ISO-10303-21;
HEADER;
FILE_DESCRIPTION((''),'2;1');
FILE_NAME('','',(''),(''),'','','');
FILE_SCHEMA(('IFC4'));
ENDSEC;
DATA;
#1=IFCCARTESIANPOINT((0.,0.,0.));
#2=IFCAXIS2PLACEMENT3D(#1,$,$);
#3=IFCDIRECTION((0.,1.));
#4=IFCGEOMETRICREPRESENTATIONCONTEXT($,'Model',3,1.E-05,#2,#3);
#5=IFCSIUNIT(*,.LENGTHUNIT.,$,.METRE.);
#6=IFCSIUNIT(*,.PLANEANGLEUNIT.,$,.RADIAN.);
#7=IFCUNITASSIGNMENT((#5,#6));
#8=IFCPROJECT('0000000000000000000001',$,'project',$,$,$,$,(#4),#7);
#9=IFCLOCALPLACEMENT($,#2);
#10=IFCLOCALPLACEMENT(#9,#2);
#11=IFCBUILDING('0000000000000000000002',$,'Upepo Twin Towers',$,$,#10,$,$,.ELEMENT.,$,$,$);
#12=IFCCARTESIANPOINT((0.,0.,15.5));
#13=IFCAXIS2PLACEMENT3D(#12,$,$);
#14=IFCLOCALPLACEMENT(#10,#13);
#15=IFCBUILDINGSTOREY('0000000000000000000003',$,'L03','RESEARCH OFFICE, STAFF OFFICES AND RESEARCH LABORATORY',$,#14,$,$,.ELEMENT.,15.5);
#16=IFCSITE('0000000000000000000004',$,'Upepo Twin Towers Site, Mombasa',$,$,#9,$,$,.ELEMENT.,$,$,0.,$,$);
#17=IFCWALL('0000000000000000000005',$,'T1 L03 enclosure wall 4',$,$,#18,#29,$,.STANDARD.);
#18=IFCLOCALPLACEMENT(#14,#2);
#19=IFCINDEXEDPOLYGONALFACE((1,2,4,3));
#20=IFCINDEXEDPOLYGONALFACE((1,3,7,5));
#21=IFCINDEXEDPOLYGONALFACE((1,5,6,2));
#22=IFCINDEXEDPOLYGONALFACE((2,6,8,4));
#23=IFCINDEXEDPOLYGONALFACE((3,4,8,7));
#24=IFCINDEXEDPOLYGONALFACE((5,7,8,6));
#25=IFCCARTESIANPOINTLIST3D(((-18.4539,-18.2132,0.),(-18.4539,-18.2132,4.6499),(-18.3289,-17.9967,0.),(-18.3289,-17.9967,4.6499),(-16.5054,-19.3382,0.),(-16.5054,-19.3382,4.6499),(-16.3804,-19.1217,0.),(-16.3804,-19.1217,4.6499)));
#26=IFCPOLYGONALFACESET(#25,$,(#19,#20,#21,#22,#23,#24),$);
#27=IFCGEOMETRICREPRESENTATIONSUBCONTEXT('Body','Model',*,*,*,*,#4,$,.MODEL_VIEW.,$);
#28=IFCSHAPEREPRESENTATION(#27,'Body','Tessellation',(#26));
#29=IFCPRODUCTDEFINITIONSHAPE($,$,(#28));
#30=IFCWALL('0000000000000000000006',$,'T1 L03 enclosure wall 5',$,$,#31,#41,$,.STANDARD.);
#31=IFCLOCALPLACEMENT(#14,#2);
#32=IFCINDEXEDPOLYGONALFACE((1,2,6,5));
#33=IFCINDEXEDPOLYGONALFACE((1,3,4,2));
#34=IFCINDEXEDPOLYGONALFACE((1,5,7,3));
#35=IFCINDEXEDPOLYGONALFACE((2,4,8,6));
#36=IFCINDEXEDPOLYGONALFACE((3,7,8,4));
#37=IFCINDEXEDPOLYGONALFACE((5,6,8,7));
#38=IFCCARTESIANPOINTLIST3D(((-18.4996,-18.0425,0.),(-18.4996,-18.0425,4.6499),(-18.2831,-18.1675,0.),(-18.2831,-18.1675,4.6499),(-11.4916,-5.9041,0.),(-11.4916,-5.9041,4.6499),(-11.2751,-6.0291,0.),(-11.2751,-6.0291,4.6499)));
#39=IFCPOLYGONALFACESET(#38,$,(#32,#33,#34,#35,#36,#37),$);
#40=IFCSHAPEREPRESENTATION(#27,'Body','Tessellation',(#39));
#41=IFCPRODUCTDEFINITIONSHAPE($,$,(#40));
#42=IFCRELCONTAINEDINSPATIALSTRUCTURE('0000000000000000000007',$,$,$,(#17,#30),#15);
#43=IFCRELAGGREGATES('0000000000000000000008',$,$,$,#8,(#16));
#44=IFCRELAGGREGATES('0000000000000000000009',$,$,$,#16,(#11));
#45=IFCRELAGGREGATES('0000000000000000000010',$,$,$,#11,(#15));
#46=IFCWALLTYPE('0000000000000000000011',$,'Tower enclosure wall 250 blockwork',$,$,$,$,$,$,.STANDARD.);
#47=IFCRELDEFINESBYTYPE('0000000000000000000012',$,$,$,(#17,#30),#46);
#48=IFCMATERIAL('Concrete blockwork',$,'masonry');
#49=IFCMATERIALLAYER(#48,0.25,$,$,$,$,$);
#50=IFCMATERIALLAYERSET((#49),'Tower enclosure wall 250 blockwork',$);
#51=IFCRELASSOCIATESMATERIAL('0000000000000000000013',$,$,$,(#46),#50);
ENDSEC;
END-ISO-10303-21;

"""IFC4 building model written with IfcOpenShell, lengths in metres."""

from ifc_helpers import new_model, si_unit, direction, frame, frame_2d, origin, place, context, subcontext, project, spatial, rectangle, extrude, material, layer, layer_set, type_object, element, save


model = new_model("IFC4")

# Units and contexts
model_context = context("Model", 3, precision=1e-05, world=origin(), true_north=direction((0.0, 1.0)))
body_context = subcontext(model_context, "Body", "Model", "MODEL_VIEW")
ifc_project = project(units=[si_unit("LENGTHUNIT", "METRE"), si_unit("PLANEANGLEUNIT", "RADIAN")], contexts=[model_context])

# Site, building, storey
site_placement = place(None, origin())
site = spatial("IfcSite", under=ifc_project, at=site_placement, Name="Upepo Twin Towers Site, Mombasa", CompositionType="ELEMENT", RefElevation=0.0)
building_placement = place(site_placement, origin())
building = spatial("IfcBuilding", under=site, at=building_placement, Name="Upepo Twin Towers", CompositionType="ELEMENT")
storey_placement = place(building_placement, frame((0.0, 0.0, 15.5)))
storey = spatial("IfcBuildingStorey", under=building, at=storey_placement, Name="L03", Description="RESEARCH OFFICE, STAFF OFFICES AND RESEARCH LABORATORY", CompositionType="ELEMENT", Elevation=15.5)

# Walls
ifc_material_1 = material(Name="Concrete blockwork", Category="masonry")
ifc_layer_1 = layer(ifc_material_1, 0.25)
ifc_layer_set_1 = layer_set([ifc_layer_1], Name="Tower enclosure wall 250 blockwork")
wall_type_1 = type_object("IfcWallType", Name="Tower enclosure wall 250 blockwork", PredefinedType="STANDARD", material=ifc_layer_set_1)
for number, where, z_axis, x_axis, name in (
    (1, (-16.4429, -19.23, 0.0), (0.0, 0.0, 1.0), (-0.866018, 0.500014, 0.0), "T1 L03 enclosure wall 4"),
):
    element("IfcWall", number, at=place(storey_placement, frame(where, z_axis=z_axis, x_axis=x_axis)), inside=storey, type_object=wall_type_1, Name=name, PredefinedType="STANDARD", context=body_context, shape_type="SweptSolid", body=[
        extrude(rectangle(XDim=2.25, YDim=0.25, at=frame_2d((1.125, 0.0))), origin(), (0.0, 0.0, 1.0), 4.6499),
    ])
wall_1_placement = place(storey_placement, frame((-18.3914, -18.105, 0.0), z_axis=(0.0, 0.0, 1.0), x_axis=(0.499996, 0.866028, 0.0)))
element("IfcWall", 2, at=wall_1_placement, inside=storey, type_object=wall_type_1, Name="T1 L03 enclosure wall 5", PredefinedType="STANDARD", context=body_context, shape_type="SweptSolid", body=[
    extrude(rectangle(XDim=14.0161, YDim=0.25, at=frame_2d((7.0081, 0.0))), origin(), (0.0, 0.0, 1.0), 4.6499),
])

save(model, "model.ifc")
